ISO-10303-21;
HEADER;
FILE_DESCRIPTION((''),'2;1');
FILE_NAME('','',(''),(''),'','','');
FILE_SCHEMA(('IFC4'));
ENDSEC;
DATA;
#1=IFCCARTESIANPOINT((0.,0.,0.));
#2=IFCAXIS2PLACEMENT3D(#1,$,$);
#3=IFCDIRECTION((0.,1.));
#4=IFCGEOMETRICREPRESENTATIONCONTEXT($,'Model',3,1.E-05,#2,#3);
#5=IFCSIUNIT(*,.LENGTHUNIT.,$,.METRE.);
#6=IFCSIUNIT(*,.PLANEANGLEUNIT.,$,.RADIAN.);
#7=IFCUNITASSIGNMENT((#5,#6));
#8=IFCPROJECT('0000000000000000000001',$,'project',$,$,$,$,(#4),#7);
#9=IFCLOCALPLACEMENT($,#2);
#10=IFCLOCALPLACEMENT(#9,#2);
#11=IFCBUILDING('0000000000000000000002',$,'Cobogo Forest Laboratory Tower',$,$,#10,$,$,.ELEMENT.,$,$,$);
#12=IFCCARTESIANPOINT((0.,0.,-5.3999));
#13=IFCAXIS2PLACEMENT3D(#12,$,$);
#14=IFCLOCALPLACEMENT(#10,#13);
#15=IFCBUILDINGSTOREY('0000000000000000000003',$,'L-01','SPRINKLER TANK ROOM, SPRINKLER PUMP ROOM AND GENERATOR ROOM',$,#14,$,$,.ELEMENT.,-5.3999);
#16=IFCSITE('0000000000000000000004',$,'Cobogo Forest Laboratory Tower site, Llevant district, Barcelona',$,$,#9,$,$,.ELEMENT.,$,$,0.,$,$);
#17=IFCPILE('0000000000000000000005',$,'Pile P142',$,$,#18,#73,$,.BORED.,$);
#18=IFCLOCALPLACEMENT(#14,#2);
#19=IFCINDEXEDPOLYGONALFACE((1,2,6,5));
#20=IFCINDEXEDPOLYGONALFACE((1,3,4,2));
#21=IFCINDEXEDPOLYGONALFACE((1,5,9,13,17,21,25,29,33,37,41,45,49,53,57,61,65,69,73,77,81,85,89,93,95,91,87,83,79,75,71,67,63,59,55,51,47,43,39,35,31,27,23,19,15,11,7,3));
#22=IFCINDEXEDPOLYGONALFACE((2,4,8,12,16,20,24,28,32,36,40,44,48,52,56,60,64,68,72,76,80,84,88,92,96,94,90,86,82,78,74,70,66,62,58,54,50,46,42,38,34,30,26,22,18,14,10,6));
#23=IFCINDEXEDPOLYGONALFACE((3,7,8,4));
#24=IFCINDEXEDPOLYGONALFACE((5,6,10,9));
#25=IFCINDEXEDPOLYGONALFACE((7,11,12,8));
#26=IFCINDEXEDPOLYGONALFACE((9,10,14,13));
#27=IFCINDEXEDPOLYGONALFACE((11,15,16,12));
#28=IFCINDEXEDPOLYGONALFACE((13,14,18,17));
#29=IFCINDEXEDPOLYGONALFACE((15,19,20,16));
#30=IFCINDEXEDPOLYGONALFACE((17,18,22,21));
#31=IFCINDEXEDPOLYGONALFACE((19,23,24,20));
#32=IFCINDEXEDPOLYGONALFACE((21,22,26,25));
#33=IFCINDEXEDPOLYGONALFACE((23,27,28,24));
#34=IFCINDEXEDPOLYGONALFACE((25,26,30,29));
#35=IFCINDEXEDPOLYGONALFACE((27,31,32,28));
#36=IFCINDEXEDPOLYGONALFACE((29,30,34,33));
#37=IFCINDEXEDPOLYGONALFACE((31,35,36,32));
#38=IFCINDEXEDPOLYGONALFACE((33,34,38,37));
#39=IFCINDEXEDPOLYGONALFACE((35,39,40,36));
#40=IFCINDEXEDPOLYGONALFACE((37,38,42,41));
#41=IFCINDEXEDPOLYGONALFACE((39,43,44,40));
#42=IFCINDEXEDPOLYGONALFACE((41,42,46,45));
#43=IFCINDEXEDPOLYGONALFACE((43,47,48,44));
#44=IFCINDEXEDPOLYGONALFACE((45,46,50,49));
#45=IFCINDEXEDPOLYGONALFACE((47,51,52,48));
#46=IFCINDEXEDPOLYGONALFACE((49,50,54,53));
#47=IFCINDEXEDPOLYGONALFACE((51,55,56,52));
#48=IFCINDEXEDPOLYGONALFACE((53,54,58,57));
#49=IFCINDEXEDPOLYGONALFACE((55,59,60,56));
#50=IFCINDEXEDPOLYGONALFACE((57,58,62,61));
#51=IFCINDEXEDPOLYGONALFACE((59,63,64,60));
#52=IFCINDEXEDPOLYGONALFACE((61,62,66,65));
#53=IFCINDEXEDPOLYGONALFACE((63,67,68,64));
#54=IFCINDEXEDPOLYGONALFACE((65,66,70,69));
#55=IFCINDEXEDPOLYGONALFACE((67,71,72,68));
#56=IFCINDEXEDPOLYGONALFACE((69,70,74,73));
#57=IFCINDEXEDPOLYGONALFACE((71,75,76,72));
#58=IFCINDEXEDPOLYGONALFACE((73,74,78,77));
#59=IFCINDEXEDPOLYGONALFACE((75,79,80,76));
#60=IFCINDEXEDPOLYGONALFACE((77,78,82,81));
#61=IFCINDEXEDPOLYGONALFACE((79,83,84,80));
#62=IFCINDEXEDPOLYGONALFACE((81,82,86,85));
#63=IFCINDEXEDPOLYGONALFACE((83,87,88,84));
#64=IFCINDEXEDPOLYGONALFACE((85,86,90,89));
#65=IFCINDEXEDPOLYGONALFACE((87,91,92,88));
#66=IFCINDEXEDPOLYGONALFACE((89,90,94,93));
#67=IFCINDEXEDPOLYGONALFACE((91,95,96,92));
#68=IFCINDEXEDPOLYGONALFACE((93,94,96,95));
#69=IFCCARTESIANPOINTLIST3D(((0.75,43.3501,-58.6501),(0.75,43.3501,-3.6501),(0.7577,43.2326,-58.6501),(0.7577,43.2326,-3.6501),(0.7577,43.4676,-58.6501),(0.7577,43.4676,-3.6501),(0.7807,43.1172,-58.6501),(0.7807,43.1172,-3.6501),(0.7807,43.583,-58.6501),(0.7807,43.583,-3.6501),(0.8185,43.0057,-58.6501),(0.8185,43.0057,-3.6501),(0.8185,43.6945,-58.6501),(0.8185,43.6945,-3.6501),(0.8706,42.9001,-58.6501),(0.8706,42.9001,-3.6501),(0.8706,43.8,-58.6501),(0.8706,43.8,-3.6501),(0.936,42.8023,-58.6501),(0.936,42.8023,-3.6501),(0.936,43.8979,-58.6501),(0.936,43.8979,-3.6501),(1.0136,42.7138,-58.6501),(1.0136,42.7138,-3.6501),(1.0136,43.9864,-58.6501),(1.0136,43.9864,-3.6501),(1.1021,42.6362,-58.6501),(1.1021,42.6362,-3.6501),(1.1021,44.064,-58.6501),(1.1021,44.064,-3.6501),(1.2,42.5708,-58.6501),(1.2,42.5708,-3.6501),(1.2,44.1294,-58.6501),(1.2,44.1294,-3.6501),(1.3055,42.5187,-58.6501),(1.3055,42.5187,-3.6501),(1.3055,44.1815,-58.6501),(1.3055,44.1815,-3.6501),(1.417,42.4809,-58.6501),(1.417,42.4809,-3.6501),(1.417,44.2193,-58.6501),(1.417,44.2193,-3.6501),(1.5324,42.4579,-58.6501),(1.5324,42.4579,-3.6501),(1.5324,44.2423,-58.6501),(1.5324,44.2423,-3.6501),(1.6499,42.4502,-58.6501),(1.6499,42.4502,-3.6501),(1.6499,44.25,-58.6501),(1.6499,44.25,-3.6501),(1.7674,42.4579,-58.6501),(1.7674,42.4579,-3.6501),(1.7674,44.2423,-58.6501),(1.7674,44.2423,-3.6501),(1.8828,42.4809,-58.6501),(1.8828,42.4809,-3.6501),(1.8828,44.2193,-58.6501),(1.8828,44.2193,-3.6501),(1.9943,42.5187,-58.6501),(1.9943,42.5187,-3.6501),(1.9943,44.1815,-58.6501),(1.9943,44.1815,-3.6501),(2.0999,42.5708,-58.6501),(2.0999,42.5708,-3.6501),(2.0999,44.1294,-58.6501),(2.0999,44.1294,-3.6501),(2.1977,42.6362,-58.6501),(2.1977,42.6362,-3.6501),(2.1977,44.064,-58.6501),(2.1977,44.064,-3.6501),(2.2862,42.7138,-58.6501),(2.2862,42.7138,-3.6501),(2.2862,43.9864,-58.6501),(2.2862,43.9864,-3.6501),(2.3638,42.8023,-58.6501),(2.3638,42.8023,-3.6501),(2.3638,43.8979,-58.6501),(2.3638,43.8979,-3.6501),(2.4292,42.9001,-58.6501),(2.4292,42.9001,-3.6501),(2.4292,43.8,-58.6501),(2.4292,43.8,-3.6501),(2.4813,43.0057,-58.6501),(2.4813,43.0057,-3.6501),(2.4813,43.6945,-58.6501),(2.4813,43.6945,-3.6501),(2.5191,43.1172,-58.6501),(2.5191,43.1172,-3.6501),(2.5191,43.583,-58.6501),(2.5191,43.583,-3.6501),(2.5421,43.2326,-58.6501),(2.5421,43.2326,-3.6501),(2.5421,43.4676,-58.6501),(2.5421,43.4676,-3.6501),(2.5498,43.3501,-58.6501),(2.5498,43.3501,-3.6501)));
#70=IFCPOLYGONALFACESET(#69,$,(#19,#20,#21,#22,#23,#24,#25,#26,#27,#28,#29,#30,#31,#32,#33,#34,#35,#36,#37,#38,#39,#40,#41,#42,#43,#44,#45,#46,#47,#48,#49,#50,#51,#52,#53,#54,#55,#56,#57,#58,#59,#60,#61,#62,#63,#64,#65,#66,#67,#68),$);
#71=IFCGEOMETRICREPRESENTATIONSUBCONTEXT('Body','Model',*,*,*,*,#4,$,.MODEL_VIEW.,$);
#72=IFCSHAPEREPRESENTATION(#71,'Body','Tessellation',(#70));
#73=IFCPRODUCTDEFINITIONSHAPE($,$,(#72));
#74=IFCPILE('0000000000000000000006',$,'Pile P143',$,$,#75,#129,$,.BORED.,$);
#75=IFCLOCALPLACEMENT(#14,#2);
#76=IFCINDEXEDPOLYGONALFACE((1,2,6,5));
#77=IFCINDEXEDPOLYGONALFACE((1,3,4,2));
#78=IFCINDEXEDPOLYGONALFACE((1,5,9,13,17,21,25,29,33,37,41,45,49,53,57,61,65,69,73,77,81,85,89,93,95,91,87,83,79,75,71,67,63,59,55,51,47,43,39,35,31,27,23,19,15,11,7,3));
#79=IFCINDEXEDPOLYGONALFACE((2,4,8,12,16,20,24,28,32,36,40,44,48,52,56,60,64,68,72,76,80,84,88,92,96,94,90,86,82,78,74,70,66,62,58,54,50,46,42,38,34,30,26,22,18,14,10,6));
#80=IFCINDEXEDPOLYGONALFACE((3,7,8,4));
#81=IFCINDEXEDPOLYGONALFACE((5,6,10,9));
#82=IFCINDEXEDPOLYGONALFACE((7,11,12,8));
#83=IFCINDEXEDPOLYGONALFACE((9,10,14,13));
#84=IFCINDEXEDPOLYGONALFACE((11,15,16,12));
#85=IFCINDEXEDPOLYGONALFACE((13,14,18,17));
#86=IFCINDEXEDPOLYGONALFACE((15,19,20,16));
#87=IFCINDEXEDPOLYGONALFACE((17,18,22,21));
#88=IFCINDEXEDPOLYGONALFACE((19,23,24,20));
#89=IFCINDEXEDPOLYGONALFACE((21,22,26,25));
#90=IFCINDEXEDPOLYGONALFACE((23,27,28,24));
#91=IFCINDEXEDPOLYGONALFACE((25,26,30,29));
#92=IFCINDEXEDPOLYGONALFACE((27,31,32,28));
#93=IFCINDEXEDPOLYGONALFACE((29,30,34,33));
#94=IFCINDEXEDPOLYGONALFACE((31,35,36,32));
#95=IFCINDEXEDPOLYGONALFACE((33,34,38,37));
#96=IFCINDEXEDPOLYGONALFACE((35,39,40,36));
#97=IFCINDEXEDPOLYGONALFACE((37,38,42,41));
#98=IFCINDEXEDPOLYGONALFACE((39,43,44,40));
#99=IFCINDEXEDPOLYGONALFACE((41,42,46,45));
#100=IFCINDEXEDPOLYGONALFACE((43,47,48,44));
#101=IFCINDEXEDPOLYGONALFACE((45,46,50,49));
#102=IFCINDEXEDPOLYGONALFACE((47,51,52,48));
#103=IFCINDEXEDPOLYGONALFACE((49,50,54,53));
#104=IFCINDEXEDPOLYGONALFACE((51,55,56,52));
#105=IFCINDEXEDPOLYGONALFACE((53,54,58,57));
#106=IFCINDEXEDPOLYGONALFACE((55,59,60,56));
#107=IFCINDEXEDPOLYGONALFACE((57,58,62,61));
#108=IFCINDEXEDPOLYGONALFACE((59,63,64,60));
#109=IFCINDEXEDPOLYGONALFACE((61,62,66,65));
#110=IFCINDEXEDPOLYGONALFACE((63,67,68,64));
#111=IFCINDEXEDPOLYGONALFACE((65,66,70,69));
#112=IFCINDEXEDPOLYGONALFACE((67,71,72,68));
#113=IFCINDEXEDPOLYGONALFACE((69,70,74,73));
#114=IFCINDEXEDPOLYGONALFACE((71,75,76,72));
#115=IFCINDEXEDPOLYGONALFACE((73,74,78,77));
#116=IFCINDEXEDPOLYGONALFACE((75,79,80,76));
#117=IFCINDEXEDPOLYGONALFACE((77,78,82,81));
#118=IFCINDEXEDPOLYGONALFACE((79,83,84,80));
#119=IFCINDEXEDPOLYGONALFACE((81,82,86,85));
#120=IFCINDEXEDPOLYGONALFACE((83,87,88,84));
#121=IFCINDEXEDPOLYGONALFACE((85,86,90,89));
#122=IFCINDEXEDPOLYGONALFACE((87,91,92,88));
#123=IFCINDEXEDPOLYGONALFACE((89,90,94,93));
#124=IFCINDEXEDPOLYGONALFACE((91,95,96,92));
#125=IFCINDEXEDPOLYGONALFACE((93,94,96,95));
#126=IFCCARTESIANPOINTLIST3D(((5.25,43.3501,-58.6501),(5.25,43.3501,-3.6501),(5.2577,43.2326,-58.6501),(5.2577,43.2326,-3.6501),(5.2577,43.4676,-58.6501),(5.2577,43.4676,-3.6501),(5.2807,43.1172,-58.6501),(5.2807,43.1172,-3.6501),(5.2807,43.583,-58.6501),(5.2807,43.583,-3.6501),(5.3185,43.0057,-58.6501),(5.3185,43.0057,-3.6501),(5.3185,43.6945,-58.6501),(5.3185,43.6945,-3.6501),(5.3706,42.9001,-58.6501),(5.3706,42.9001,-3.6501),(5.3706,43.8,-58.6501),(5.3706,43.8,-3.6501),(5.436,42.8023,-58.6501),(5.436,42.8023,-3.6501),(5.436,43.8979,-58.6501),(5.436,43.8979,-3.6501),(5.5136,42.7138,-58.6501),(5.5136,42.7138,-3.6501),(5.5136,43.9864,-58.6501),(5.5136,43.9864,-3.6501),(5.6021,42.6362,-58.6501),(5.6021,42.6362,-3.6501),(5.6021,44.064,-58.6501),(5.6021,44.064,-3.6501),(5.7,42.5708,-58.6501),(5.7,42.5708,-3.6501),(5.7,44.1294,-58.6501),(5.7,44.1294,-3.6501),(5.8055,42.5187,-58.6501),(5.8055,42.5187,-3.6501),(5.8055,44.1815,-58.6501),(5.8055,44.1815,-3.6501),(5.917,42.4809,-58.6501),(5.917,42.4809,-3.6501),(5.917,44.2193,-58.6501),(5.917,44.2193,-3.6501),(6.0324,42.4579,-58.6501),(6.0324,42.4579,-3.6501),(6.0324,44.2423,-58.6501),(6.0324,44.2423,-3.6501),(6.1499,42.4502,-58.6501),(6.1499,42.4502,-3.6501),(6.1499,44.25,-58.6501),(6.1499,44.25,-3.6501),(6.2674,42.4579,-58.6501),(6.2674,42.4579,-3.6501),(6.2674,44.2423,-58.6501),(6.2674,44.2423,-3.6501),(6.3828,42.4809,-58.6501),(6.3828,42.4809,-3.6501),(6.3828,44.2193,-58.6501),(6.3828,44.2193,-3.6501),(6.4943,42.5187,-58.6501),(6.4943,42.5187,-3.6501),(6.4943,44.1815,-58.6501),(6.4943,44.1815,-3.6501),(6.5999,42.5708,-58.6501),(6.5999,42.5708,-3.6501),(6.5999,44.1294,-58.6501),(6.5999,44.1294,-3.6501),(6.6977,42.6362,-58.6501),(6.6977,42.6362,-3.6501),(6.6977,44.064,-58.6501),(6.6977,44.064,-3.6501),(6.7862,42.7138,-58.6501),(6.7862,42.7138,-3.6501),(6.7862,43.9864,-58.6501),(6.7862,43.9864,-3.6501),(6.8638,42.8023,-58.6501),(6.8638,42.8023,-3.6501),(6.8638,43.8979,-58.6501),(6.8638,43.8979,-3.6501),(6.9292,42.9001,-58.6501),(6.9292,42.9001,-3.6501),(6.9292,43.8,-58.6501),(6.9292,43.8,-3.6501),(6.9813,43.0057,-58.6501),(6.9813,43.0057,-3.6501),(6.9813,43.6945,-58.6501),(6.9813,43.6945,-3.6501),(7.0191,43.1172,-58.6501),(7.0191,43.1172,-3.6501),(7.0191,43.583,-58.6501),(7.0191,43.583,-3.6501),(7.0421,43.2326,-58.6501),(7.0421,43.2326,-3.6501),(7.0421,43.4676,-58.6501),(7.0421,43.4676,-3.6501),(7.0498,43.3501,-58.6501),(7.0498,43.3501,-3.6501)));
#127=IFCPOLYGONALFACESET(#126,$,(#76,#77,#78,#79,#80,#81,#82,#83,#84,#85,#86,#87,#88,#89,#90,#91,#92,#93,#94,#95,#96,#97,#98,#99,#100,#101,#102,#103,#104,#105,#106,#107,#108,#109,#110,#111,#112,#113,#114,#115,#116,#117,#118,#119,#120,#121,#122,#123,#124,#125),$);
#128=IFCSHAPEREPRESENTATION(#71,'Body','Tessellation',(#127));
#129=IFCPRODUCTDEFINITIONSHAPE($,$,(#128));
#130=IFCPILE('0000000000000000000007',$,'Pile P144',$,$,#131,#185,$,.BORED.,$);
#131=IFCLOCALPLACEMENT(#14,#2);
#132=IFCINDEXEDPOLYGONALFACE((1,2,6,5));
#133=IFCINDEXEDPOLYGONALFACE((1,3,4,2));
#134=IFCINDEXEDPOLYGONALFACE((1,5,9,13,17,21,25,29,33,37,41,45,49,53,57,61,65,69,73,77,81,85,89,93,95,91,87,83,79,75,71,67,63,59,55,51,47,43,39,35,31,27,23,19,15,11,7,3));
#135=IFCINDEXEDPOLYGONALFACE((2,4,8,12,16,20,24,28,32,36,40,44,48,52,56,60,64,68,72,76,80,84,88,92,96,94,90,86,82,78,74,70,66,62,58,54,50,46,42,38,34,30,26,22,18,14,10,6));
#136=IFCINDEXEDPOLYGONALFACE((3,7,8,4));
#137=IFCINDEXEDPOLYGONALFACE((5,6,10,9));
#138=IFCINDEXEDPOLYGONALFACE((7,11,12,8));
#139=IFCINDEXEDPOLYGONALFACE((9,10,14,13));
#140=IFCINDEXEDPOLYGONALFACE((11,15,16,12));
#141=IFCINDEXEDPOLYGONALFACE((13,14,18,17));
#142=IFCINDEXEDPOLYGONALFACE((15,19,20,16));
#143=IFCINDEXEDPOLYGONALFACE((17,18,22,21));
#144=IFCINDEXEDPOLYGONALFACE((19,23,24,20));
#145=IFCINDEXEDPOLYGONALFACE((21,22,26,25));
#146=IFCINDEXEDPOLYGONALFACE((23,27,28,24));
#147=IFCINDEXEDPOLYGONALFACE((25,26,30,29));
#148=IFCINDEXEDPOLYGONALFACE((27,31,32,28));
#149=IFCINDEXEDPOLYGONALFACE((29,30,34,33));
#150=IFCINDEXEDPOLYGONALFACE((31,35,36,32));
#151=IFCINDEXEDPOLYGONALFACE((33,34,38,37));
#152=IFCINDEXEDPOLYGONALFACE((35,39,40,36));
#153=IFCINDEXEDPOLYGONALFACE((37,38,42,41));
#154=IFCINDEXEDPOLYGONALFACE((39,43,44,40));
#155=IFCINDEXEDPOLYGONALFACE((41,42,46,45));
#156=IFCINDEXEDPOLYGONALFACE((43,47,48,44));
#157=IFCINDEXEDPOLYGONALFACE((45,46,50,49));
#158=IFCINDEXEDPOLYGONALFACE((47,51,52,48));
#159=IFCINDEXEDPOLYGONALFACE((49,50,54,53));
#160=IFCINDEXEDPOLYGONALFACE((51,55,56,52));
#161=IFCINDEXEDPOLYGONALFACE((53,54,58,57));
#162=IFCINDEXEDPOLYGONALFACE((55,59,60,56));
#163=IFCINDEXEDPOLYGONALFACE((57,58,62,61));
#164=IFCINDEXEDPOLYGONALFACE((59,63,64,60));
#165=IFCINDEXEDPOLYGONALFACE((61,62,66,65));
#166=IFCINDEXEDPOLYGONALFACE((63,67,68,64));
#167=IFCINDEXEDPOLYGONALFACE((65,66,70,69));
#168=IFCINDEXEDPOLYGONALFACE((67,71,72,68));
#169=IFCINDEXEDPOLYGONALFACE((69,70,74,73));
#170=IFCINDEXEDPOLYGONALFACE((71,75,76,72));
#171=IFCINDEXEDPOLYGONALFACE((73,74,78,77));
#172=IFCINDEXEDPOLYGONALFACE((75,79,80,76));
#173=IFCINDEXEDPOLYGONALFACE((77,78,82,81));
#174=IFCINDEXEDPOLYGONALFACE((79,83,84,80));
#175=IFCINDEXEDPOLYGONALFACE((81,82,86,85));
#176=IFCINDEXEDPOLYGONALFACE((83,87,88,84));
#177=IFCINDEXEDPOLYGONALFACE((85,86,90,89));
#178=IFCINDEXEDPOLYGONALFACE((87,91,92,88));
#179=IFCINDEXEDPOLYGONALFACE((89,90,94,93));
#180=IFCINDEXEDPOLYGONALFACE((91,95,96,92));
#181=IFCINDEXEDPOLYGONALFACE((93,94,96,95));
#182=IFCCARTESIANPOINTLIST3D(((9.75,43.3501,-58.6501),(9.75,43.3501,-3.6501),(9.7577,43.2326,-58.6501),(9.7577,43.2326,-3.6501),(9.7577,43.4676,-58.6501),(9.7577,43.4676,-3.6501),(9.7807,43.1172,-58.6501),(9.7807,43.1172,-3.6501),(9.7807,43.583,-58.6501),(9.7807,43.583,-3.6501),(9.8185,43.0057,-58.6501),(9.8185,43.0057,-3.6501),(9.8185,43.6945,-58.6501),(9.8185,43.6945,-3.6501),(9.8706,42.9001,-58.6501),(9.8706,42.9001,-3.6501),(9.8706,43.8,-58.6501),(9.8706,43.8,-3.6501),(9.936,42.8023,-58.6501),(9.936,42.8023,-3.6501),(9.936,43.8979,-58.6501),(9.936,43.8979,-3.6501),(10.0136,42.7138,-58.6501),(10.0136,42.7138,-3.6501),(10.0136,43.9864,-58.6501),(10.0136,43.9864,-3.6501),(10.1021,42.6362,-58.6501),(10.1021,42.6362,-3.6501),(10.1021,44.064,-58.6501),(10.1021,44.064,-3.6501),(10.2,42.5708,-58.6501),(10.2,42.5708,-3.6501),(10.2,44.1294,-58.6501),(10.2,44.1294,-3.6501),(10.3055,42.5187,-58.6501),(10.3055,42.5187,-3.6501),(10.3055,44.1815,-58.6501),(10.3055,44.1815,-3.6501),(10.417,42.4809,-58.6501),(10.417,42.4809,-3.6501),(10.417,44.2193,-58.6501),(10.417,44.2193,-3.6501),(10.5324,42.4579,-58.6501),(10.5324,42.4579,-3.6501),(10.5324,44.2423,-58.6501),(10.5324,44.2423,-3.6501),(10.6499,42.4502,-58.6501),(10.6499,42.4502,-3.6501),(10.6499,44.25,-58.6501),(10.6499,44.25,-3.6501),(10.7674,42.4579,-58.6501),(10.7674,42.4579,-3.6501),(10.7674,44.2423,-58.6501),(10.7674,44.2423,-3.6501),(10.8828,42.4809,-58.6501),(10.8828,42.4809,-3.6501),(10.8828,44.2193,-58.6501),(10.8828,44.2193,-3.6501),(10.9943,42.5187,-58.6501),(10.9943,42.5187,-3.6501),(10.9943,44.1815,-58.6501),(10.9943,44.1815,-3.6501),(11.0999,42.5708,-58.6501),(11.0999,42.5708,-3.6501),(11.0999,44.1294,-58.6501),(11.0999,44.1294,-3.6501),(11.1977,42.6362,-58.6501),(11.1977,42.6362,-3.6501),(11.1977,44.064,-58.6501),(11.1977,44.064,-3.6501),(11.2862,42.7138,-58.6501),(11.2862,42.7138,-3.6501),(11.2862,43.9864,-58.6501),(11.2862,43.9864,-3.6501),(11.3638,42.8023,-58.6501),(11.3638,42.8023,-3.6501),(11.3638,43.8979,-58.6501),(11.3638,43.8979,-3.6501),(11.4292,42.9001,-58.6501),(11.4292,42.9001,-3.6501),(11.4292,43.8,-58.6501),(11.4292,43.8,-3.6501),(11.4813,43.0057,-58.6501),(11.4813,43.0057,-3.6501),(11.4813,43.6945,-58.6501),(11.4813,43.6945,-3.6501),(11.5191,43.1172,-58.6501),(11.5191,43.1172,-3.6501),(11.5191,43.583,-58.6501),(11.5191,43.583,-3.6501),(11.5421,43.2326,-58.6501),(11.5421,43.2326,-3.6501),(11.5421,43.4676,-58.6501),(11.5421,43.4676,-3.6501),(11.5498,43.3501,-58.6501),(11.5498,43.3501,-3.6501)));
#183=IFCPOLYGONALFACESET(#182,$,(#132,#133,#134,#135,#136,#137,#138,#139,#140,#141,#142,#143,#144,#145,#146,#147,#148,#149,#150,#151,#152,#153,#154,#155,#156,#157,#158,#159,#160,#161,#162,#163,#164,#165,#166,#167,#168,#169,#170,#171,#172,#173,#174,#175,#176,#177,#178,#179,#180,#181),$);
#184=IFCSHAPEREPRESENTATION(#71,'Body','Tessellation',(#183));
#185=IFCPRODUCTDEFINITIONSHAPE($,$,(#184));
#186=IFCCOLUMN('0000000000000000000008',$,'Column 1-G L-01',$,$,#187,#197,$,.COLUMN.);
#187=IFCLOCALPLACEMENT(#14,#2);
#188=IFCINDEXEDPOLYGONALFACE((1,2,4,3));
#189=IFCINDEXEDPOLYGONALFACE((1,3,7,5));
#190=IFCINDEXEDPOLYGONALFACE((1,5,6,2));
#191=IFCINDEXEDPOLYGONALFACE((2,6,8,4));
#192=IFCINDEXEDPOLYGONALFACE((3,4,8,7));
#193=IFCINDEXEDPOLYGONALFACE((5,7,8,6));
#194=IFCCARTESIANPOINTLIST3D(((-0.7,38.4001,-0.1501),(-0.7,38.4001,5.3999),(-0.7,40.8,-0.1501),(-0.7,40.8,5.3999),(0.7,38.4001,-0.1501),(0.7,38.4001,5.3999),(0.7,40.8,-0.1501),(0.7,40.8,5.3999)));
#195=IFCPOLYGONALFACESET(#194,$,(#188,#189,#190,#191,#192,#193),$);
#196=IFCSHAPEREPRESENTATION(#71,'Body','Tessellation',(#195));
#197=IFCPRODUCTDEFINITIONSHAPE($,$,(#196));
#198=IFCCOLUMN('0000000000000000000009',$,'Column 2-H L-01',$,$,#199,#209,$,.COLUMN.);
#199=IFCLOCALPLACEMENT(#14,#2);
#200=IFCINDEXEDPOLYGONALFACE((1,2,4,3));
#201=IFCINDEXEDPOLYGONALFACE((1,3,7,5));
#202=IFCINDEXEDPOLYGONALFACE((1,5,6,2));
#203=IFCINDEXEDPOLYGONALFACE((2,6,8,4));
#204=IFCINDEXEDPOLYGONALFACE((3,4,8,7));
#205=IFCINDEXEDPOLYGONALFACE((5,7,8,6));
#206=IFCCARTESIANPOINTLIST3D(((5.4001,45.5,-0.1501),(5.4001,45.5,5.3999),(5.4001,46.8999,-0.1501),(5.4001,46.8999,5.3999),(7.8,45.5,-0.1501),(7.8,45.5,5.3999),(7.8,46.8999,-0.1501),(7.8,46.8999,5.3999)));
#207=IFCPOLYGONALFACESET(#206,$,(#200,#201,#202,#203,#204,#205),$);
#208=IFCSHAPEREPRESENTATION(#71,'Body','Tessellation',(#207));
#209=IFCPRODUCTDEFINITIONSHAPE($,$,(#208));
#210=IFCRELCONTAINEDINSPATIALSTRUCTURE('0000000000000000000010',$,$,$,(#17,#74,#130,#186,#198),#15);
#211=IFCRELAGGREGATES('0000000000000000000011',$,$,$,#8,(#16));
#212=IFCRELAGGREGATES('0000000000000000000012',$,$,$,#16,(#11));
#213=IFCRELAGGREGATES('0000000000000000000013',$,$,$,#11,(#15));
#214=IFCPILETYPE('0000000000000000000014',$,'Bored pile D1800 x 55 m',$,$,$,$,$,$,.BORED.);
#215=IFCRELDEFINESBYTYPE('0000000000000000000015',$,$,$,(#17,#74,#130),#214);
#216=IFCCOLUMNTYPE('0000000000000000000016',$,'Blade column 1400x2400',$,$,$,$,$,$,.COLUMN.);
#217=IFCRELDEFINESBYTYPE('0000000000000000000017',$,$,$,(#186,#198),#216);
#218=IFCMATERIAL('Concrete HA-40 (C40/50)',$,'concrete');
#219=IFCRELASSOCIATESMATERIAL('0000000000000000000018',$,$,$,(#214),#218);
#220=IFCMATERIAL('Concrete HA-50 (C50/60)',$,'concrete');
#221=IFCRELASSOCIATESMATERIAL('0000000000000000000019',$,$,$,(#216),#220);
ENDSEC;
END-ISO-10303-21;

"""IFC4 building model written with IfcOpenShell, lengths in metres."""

from ifc_helpers import new_model, si_unit, direction, frame, origin, origin_2d, place, context, subcontext, project, spatial, rectangle, circle, extrude, material, material_profile, profile_set, type_object, element, save


model = new_model("IFC4")

# Units and contexts
model_context = context("Model", 3, precision=1e-05, world=origin(), true_north=direction((0.0, 1.0)))
body_context = subcontext(model_context, "Body", "Model", "MODEL_VIEW")
ifc_project = project(units=[si_unit("LENGTHUNIT", "METRE"), si_unit("PLANEANGLEUNIT", "RADIAN")], contexts=[model_context])

# Site, building, storey
site_placement = place(None, origin())
site = spatial("IfcSite", under=ifc_project, at=site_placement, Name="Cobogo Forest Laboratory Tower site, Llevant district, Barcelona", CompositionType="ELEMENT", RefElevation=0.0)
building_placement = place(site_placement, origin())
building = spatial("IfcBuilding", under=site, at=building_placement, Name="Cobogo Forest Laboratory Tower", CompositionType="ELEMENT")
storey_placement = place(building_placement, frame((0.0, 0.0, -5.3999)))
storey = spatial("IfcBuildingStorey", under=building, at=storey_placement, Name="L-01", Description="SPRINKLER TANK ROOM, SPRINKLER PUMP ROOM AND GENERATOR ROOM", CompositionType="ELEMENT", Elevation=-5.3999)

# Piles
ifc_material_1 = material(Name="Concrete HA-40 (C40/50)", Category="concrete")
ifc_material_profile_1 = material_profile(ifc_material_1, circle(Radius=0.8999, at=origin_2d()), Name="PILE D1800")
ifc_profile_set_1 = profile_set([ifc_material_profile_1], Name="Concrete HA-40 (C40/50)")
pile_type_1 = type_object("IfcPileType", Name="Bored pile D1800 x 55 m", PredefinedType="BORED", material=ifc_profile_set_1)
for number, where, z_axis, x_axis, name in (
    (1, (1.6499, 43.3501, -3.6501), (0.0, 0.0, -1.0), (1.0, 0.0, 0.0), "Pile P142"),
    (2, (6.1499, 43.3501, -3.6501), (0.0, 0.0, -1.0), (1.0, 0.0, 0.0), "Pile P143"),
    (3, (10.6499, 43.3501, -3.6501), (0.0, 0.0, -1.0), (1.0, 0.0, 0.0), "Pile P144"),
):
    element("IfcPile", number, at=place(storey_placement, frame(where, z_axis=z_axis, x_axis=x_axis)), inside=storey, type_object=pile_type_1, Name=name, PredefinedType="BORED", context=body_context, shape_type="SweptSolid", body=[
        extrude(circle(Radius=0.8999, at=origin_2d()), origin(), (0.0, 0.0, 1.0), 55.0),
    ])

# Columns
ifc_material_2 = material(Name="Concrete HA-50 (C50/60)", Category="concrete")
ifc_material_profile_2 = material_profile(ifc_material_2, rectangle(XDim=2.3999, YDim=1.3999, at=origin_2d()), Name="RC 1400x2400")
ifc_profile_set_2 = profile_set([ifc_material_profile_2], Name="Concrete HA-50 (C50/60)")
column_type_1 = type_object("IfcColumnType", Name="Blade column 1400x2400", PredefinedType="COLUMN", material=ifc_profile_set_2)
for number, where, z_axis, x_axis, name in (
    (4, (0.0, 39.6001, -0.1501), (0.0, 0.0, 1.0), (0.0, 1.0, 0.0), "Column 1-G L-01"),
    (5, (6.6001, 46.2, -0.1501), (0.0, 0.0, 1.0), (1.0, 0.0, 0.0), "Column 2-H L-01"),
):
    element("IfcColumn", number, at=place(storey_placement, frame(where, z_axis=z_axis, x_axis=x_axis)), inside=storey, type_object=column_type_1, Name=name, PredefinedType="COLUMN", context=body_context, shape_type="SweptSolid", body=[
        extrude(rectangle(XDim=2.3999, YDim=1.3999, at=origin_2d()), origin(), (0.0, 0.0, 1.0), 5.55),
    ])

save(model, "model.ifc")
